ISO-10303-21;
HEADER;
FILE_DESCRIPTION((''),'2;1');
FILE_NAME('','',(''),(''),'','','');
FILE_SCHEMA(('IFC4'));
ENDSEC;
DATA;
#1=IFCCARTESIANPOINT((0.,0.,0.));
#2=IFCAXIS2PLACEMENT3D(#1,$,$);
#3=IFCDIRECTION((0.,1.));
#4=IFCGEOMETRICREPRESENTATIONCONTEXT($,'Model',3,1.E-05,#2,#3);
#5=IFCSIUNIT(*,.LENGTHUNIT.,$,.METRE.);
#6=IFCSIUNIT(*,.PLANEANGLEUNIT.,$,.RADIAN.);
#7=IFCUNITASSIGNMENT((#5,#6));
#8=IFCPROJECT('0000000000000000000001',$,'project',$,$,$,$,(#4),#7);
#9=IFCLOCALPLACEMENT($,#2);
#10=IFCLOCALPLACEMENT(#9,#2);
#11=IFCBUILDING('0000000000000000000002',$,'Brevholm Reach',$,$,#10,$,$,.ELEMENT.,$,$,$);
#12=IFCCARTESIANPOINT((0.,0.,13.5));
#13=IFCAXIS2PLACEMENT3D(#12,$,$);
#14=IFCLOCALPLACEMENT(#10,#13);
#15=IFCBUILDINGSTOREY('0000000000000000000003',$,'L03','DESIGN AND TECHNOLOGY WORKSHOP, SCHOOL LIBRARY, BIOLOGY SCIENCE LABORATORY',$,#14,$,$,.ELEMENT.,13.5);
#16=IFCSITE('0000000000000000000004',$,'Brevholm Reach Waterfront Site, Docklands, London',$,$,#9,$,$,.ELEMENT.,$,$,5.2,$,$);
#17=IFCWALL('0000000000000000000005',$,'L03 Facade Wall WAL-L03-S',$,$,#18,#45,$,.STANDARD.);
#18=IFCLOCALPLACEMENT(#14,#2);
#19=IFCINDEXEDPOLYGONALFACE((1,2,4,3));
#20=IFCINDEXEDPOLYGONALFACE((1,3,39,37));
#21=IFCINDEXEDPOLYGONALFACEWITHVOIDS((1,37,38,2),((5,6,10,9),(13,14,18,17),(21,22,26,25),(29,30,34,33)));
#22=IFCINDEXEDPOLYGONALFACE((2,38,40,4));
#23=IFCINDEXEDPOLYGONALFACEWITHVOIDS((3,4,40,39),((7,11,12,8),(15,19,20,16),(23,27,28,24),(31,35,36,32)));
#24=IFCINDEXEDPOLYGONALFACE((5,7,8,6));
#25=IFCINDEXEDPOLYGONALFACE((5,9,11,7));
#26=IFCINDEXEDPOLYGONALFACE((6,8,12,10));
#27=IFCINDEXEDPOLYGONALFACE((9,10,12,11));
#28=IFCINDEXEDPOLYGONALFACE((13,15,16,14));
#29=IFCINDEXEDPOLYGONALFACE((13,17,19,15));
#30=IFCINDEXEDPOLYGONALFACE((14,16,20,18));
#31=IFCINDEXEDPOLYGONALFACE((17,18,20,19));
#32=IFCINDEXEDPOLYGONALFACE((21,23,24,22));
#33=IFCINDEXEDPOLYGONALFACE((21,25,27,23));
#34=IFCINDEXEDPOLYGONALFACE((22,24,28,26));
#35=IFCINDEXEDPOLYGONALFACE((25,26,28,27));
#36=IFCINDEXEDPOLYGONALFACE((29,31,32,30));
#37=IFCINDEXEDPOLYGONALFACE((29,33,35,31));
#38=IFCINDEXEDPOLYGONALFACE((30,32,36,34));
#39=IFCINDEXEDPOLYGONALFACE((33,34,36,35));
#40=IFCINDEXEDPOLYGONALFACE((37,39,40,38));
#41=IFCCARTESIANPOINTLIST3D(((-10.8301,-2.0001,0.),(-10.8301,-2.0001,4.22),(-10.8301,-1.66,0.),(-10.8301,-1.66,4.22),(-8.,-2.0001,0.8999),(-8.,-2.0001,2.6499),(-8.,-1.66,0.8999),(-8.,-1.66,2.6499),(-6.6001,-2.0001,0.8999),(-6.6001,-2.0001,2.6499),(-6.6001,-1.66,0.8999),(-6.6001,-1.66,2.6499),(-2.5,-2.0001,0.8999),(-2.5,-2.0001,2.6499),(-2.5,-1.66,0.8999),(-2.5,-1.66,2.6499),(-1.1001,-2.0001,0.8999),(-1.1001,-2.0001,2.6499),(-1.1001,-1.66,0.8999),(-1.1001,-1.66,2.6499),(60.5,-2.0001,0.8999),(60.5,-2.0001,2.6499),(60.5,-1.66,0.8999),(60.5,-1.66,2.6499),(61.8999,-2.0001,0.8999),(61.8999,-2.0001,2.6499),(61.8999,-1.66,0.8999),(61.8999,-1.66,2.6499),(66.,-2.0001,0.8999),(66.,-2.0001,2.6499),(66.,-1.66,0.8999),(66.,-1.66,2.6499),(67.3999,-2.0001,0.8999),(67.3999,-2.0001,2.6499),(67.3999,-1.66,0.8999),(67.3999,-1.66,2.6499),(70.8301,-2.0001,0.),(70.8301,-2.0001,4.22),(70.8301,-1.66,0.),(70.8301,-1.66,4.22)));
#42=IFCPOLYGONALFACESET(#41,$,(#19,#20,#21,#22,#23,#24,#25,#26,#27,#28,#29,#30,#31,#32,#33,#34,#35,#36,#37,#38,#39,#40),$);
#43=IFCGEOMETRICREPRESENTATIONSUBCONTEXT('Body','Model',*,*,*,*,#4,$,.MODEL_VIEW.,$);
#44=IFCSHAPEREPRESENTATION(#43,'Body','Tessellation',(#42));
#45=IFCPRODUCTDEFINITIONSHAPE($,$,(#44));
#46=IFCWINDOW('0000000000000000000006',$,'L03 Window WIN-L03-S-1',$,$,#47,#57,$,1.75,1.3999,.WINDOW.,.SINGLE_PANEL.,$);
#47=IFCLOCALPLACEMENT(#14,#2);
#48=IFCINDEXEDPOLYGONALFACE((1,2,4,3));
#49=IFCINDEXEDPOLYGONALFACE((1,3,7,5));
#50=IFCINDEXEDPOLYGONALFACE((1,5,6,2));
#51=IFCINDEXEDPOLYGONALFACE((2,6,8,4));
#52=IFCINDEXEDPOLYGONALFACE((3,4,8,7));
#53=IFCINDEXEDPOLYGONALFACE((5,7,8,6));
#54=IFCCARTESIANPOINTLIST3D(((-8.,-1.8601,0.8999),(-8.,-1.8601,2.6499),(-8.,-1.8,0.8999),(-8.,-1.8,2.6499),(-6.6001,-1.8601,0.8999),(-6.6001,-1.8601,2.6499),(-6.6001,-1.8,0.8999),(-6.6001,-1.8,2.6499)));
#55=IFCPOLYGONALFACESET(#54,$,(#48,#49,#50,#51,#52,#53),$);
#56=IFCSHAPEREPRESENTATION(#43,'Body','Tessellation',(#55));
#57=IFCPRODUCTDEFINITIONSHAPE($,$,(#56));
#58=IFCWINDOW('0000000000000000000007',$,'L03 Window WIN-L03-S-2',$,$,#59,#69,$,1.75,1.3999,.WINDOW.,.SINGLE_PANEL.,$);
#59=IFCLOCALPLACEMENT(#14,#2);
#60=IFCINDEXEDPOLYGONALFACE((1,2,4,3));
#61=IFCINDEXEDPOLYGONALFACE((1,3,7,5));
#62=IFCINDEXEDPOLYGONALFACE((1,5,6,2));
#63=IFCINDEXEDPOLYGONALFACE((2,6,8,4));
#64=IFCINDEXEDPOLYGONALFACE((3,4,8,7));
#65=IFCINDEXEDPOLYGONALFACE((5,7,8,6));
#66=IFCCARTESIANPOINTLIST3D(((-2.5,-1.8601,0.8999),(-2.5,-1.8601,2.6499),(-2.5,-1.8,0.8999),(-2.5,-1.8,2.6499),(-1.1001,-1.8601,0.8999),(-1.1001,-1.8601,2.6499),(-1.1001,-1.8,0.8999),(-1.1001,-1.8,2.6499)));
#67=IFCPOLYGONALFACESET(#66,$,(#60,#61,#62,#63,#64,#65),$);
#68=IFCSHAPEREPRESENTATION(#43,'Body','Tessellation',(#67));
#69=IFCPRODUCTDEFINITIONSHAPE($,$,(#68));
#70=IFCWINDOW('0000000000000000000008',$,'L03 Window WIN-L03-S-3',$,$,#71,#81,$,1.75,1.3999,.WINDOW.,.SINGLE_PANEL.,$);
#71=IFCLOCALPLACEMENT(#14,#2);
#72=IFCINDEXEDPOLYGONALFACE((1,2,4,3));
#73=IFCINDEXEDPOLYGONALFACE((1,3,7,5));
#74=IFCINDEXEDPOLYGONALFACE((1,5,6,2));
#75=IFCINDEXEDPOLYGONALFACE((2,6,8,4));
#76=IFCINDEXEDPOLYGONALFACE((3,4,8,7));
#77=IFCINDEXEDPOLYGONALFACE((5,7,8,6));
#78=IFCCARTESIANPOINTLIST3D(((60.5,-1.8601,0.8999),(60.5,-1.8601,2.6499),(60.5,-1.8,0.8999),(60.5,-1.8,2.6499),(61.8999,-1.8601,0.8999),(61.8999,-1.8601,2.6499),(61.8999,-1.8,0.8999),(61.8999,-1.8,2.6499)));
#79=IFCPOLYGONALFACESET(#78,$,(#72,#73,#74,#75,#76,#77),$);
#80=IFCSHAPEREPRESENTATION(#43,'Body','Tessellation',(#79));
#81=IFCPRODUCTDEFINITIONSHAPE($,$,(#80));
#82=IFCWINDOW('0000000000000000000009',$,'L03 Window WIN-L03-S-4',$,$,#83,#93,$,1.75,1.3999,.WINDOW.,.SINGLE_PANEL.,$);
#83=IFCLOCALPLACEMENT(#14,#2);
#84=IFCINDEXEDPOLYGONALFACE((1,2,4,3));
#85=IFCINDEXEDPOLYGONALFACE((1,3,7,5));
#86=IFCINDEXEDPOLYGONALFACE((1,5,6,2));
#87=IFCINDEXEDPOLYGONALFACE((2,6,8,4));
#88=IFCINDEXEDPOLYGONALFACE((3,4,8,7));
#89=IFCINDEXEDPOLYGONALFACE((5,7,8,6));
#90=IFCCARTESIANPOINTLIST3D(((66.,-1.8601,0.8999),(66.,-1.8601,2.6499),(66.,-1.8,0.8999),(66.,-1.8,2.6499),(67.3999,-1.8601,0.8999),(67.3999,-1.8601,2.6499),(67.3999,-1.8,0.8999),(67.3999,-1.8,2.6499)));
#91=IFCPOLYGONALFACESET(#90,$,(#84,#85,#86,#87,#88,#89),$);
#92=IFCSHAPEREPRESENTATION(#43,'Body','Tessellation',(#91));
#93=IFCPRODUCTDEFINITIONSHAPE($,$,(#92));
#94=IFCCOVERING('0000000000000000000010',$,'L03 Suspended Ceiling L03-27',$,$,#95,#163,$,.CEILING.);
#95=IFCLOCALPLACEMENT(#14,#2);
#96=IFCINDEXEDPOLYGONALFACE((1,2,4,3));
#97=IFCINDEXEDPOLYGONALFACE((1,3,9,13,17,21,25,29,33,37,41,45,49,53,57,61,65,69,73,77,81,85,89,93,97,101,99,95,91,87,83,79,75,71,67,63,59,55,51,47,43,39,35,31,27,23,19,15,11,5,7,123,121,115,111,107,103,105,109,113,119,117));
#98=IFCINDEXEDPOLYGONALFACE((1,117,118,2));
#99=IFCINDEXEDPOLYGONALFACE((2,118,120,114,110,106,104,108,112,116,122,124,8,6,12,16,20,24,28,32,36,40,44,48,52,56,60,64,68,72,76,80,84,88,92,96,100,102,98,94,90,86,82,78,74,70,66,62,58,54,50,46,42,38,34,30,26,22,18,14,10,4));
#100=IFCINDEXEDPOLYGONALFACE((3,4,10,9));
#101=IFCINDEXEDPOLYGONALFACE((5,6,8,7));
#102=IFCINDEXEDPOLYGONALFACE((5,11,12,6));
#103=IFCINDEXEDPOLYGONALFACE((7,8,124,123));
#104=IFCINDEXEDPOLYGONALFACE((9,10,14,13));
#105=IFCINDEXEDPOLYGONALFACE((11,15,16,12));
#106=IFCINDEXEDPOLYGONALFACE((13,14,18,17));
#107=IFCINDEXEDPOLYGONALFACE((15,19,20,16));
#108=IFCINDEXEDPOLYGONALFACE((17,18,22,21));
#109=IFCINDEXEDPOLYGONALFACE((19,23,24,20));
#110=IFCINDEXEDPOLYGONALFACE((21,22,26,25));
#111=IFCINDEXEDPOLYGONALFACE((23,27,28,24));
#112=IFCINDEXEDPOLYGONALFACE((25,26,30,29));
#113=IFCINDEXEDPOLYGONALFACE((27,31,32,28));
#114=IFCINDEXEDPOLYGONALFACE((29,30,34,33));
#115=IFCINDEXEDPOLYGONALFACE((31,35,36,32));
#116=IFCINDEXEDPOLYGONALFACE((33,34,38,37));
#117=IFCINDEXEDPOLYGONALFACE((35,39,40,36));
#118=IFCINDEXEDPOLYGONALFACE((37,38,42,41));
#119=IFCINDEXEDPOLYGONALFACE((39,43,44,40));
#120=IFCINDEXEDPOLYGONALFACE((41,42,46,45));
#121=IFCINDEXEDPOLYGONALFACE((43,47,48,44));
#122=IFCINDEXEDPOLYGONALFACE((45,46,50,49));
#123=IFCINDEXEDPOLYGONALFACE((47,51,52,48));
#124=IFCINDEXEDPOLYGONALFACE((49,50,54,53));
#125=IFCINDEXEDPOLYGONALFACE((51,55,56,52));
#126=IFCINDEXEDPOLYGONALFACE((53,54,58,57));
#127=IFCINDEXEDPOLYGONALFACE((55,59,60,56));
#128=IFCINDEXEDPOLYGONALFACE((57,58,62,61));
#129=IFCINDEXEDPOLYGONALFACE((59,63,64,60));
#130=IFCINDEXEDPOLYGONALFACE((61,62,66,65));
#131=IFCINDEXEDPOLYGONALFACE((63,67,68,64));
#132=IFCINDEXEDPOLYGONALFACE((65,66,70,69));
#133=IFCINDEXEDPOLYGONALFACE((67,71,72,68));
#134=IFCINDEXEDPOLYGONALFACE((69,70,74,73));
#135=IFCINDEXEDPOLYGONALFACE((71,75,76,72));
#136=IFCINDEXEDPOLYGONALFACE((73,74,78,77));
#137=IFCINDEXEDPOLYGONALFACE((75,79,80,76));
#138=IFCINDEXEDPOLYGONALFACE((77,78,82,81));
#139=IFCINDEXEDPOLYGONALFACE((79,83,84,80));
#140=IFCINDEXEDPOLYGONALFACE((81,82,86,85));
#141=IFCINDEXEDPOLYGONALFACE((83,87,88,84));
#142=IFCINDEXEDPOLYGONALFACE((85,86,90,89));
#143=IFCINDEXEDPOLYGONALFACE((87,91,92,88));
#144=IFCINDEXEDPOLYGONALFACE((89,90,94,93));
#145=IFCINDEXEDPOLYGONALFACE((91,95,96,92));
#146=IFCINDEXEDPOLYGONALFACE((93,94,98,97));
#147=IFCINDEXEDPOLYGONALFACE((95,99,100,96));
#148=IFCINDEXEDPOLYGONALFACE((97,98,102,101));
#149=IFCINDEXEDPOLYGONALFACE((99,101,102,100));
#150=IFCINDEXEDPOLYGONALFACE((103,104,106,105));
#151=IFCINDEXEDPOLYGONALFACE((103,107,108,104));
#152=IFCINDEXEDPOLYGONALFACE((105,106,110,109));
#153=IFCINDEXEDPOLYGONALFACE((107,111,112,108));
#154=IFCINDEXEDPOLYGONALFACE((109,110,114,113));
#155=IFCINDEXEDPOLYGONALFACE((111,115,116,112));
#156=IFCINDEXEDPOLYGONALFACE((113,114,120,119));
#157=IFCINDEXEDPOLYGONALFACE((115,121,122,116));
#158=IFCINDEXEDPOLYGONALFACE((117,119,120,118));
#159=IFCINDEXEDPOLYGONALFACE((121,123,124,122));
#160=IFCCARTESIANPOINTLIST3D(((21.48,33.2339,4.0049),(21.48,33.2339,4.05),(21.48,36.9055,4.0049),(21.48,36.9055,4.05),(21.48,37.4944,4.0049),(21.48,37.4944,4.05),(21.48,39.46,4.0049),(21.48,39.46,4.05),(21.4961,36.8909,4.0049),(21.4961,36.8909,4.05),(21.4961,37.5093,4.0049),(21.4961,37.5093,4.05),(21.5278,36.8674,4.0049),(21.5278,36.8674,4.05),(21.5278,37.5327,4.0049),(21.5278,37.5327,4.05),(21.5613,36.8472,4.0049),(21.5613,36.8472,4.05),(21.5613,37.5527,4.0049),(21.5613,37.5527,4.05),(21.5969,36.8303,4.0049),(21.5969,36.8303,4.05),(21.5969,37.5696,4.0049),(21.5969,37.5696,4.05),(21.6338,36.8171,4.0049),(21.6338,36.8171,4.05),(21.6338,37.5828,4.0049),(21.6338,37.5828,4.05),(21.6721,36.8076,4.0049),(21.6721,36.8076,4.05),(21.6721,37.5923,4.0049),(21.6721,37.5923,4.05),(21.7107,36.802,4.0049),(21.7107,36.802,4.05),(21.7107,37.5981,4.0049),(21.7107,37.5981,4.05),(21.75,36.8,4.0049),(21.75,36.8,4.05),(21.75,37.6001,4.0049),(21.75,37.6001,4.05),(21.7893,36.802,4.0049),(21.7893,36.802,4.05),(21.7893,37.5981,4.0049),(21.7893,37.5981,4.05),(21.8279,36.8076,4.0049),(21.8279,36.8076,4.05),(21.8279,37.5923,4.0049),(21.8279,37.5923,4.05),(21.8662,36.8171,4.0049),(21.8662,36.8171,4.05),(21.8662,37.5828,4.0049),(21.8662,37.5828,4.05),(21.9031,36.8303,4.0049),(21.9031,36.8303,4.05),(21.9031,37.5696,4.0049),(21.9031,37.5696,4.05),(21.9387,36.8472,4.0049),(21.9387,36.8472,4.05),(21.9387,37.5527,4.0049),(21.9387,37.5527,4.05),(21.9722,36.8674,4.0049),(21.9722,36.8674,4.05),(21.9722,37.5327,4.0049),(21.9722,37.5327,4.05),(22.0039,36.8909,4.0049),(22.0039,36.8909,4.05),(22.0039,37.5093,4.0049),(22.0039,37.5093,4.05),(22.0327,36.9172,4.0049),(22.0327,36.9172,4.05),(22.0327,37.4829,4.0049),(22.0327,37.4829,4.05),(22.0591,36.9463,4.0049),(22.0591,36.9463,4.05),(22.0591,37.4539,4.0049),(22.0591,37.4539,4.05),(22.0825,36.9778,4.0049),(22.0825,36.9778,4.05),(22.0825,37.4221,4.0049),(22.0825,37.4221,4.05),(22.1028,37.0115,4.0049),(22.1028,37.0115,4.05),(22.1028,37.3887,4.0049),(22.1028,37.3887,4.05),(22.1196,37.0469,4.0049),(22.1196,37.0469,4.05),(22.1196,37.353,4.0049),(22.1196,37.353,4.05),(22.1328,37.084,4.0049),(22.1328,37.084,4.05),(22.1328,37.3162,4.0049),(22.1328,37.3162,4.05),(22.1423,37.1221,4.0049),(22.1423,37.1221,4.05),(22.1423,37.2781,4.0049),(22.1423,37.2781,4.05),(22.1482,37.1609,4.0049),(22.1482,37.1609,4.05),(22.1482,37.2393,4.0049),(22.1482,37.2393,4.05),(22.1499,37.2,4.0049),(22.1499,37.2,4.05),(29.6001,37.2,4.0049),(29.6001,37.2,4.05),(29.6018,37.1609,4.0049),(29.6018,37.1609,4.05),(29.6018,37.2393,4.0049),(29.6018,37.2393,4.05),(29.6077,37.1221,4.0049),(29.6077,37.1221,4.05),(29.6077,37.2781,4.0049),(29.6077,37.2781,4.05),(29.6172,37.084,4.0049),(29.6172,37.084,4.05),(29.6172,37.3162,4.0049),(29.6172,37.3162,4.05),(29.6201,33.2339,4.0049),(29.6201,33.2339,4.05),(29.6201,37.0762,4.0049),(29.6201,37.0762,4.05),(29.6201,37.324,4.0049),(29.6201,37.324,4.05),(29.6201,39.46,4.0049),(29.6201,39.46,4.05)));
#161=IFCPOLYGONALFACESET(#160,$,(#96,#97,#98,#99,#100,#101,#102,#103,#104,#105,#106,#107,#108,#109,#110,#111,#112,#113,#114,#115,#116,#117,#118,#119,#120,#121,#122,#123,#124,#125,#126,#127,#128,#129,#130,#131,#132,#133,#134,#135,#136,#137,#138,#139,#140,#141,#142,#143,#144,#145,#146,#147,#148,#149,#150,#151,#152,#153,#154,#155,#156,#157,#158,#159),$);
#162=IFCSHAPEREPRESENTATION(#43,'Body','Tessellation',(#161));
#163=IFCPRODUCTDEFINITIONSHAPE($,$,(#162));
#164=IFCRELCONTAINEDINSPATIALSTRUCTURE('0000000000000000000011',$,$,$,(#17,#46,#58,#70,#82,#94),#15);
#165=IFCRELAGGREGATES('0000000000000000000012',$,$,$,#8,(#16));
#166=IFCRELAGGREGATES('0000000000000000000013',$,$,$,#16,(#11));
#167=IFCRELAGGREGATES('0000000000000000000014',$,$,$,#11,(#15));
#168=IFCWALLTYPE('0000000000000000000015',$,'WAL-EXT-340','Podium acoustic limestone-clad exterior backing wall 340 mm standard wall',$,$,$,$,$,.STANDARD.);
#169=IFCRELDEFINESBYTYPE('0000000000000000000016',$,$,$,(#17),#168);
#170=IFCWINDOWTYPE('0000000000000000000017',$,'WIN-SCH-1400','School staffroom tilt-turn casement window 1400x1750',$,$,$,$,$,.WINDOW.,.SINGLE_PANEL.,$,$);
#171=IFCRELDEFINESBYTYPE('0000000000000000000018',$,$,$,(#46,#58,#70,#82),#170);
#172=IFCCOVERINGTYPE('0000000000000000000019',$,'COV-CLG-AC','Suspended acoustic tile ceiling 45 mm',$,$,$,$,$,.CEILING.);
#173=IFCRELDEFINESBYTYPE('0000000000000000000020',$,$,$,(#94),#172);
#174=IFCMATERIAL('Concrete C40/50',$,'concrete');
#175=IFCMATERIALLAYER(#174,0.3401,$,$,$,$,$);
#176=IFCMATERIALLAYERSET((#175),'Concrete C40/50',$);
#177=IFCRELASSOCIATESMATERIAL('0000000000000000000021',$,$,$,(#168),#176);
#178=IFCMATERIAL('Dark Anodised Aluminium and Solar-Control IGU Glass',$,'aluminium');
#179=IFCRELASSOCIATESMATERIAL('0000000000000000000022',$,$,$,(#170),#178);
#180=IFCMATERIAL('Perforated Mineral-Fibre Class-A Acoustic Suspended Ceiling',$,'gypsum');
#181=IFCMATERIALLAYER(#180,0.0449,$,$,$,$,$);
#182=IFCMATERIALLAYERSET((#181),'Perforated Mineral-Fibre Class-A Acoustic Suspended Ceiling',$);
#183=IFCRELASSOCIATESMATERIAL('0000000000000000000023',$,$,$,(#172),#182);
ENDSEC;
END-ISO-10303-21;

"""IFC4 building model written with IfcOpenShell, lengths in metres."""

from ifc_helpers import new_model, si_unit, direction, frame, frame_2d, origin, place, context, subcontext, project, spatial, polyline, rectangle, outline, extrude, material, layer, layer_set, type_object, element, fill, save


model = new_model("IFC4")

# Units and contexts
model_context = context("Model", 3, precision=1e-05, world=origin(), true_north=direction((0.0, 1.0)))
body_context = subcontext(model_context, "Body", "Model", "MODEL_VIEW")
ifc_project = project(units=[si_unit("LENGTHUNIT", "METRE"), si_unit("PLANEANGLEUNIT", "RADIAN")], contexts=[model_context])

# Site, building, storey
site_placement = place(None, origin())
site = spatial("IfcSite", under=ifc_project, at=site_placement, Name="Brevholm Reach Waterfront Site, Docklands, London", CompositionType="ELEMENT", RefElevation=5.2)
building_placement = place(site_placement, origin())
building = spatial("IfcBuilding", under=site, at=building_placement, Name="Brevholm Reach", CompositionType="ELEMENT")
storey_placement = place(building_placement, frame((0.0, 0.0, 13.5)))
storey = spatial("IfcBuildingStorey", under=building, at=storey_placement, Name="L03", Description="DESIGN AND TECHNOLOGY WORKSHOP, SCHOOL LIBRARY, BIOLOGY SCIENCE LABORATORY", CompositionType="ELEMENT", Elevation=13.5)

# Wall, openings, windows
ifc_material_1 = material(Name="Concrete C40/50", Category="concrete")
ifc_layer_1 = layer(ifc_material_1, 0.3401)
ifc_layer_set_1 = layer_set([ifc_layer_1], Name="Concrete C40/50")
wall_type = type_object("IfcWallType", Name="WAL-EXT-340", Description="Podium acoustic limestone-clad exterior backing wall 340 mm standard wall", PredefinedType="STANDARD", material=ifc_layer_set_1)
wall_placement = place(storey_placement, frame((-10.8301, -1.8301, 0.0), z_axis=(0.0, 0.0, 1.0), x_axis=(1.0, 0.0, 0.0)))
wall = element("IfcWall", 1, at=wall_placement, inside=storey, type_object=wall_type, Name="L03 Facade Wall WAL-L03-S", PredefinedType="STANDARD", context=body_context, shape_type="SweptSolid", body=[
    extrude(rectangle(XDim=81.6602, YDim=0.3401, at=frame_2d((40.8301, 0.0))), origin(), (0.0, 0.0, 1.0), 4.22),
])
opening_1_placement = place(wall_placement, frame((2.8301, 0.0, 0.8999)))
opening_1 = element("IfcOpeningElement", 2, at=opening_1_placement, cuts=wall, PredefinedType="OPENING", context=body_context, shape_type="SweptSolid", body=[
    extrude(rectangle(XDim=1.3999, YDim=1.75, at=frame_2d((0.7, 0.875))), frame((0.0, 0.1799, 0.0), z_axis=(0.0, -1.0, 0.0), x_axis=(1.0, 0.0, 0.0)), (0.0, 0.0, 1.0), 0.3601),
])
opening_2_placement = place(wall_placement, frame((8.3301, 0.0, 0.8999)))
opening_2 = element("IfcOpeningElement", 3, at=opening_2_placement, cuts=wall, PredefinedType="OPENING", context=body_context, shape_type="SweptSolid", body=[
    extrude(rectangle(XDim=1.3999, YDim=1.75, at=frame_2d((0.7, 0.875))), frame((0.0, 0.1799, 0.0), z_axis=(0.0, -1.0, 0.0), x_axis=(1.0, 0.0, 0.0)), (0.0, 0.0, 1.0), 0.3601),
])
opening_3_placement = place(wall_placement, frame((71.3301, 0.0, 0.8999)))
opening_3 = element("IfcOpeningElement", 4, at=opening_3_placement, cuts=wall, PredefinedType="OPENING", context=body_context, shape_type="SweptSolid", body=[
    extrude(rectangle(XDim=1.3999, YDim=1.75, at=frame_2d((0.7, 0.875))), frame((0.0, 0.1799, 0.0), z_axis=(0.0, -1.0, 0.0), x_axis=(1.0, 0.0, 0.0)), (0.0, 0.0, 1.0), 0.3601),
])
opening_4_placement = place(wall_placement, frame((76.8301, 0.0, 0.8999)))
opening_4 = element("IfcOpeningElement", 5, at=opening_4_placement, cuts=wall, PredefinedType="OPENING", context=body_context, shape_type="SweptSolid", body=[
    extrude(rectangle(XDim=1.3999, YDim=1.75, at=frame_2d((0.7, 0.875))), frame((0.0, 0.1799, 0.0), z_axis=(0.0, -1.0, 0.0), x_axis=(1.0, 0.0, 0.0)), (0.0, 0.0, 1.0), 0.3601),
])
ifc_material_2 = material(Name="Dark Anodised Aluminium and Solar-Control IGU Glass", Category="aluminium")
window_type = type_object("IfcWindowType", Name="WIN-SCH-1400", Description="School staffroom tilt-turn casement window 1400x1750", PartitioningType="SINGLE_PANEL", PredefinedType="WINDOW", material=ifc_material_2)
window_1_placement = place(opening_1_placement, origin())
window_1 = element("IfcWindow", 6, at=window_1_placement, inside=storey, type_object=window_type, Name="L03 Window WIN-L03-S-1", OverallHeight=1.75, OverallWidth=1.3999, PartitioningType="SINGLE_PANEL", PredefinedType="WINDOW", context=body_context, shape_type="SweptSolid", body=[
    extrude(rectangle(XDim=1.3999, YDim=1.75, at=frame_2d((0.7, 0.875))), frame((0.0, 0.03, 0.0), z_axis=(0.0, -1.0, 0.0), x_axis=(1.0, 0.0, 0.0)), (0.0, 0.0, 1.0), 0.0601),
])
fill(opening_1, window_1)
window_2_placement = place(opening_2_placement, origin())
window_2 = element("IfcWindow", 7, at=window_2_placement, inside=storey, type_object=window_type, Name="L03 Window WIN-L03-S-2", OverallHeight=1.75, OverallWidth=1.3999, PartitioningType="SINGLE_PANEL", PredefinedType="WINDOW", context=body_context, shape_type="SweptSolid", body=[
    extrude(rectangle(XDim=1.3999, YDim=1.75, at=frame_2d((0.7, 0.875))), frame((0.0, 0.03, 0.0), z_axis=(0.0, -1.0, 0.0), x_axis=(1.0, 0.0, 0.0)), (0.0, 0.0, 1.0), 0.0601),
])
fill(opening_2, window_2)
window_3_placement = place(opening_3_placement, origin())
window_3 = element("IfcWindow", 8, at=window_3_placement, inside=storey, type_object=window_type, Name="L03 Window WIN-L03-S-3", OverallHeight=1.75, OverallWidth=1.3999, PartitioningType="SINGLE_PANEL", PredefinedType="WINDOW", context=body_context, shape_type="SweptSolid", body=[
    extrude(rectangle(XDim=1.3999, YDim=1.75, at=frame_2d((0.7, 0.875))), frame((0.0, 0.03, 0.0), z_axis=(0.0, -1.0, 0.0), x_axis=(1.0, 0.0, 0.0)), (0.0, 0.0, 1.0), 0.0601),
])
fill(opening_3, window_3)
window_4_placement = place(opening_4_placement, origin())
window_4 = element("IfcWindow", 9, at=window_4_placement, inside=storey, type_object=window_type, Name="L03 Window WIN-L03-S-4", OverallHeight=1.75, OverallWidth=1.3999, PartitioningType="SINGLE_PANEL", PredefinedType="WINDOW", context=body_context, shape_type="SweptSolid", body=[
    extrude(rectangle(XDim=1.3999, YDim=1.75, at=frame_2d((0.7, 0.875))), frame((0.0, 0.03, 0.0), z_axis=(0.0, -1.0, 0.0), x_axis=(1.0, 0.0, 0.0)), (0.0, 0.0, 1.0), 0.0601),
])
fill(opening_4, window_4)

# Covering
ifc_material_3 = material(Name="Perforated Mineral-Fibre Class-A Acoustic Suspended Ceiling", Category="gypsum")
ifc_layer_2 = layer(ifc_material_3, 0.0449)
ifc_layer_set_2 = layer_set([ifc_layer_2], Name="Perforated Mineral-Fibre Class-A Acoustic Suspended Ceiling")
covering_type_1 = type_object("IfcCoveringType", Name="COV-CLG-AC", Description="Suspended acoustic tile ceiling 45 mm", PredefinedType="CEILING", material=ifc_layer_set_2)
covering_1_placement = place(storey_placement, frame((0.0, 0.0, 4.0049)))
element("IfcCovering", 10, at=covering_1_placement, inside=storey, type_object=covering_type_1, Name="L03 Suspended Ceiling L03-27", PredefinedType="CEILING", context=body_context, shape_type="SweptSolid", body=[
    extrude(outline(polyline([(21.48, 36.9055), (21.4961, 36.8909), (21.5278, 36.8674), (21.5613, 36.8472), (21.5969, 36.8303), (21.6338, 36.8171), (21.6721, 36.8076), (21.7107, 36.802), (21.75, 36.8), (21.7893, 36.802), (21.8279, 36.8076), (21.8662, 36.8171), (21.9031, 36.8303), (21.9387, 36.8472), (21.9722, 36.8674), (22.0039, 36.8909), (22.0327, 36.9172), (22.0591, 36.9463), (22.0825, 36.9778), (22.1028, 37.0115), (22.1196, 37.0469), (22.1328, 37.084), (22.1423, 37.1221), (22.1482, 37.1609), (22.1499, 37.2), (22.1482, 37.2393), (22.1423, 37.2781), (22.1328, 37.3162), (22.1196, 37.353), (22.1028, 37.3887), (22.0825, 37.4221), (22.0591, 37.4539), (22.0327, 37.4829), (22.0039, 37.5093), (21.9722, 37.5327), (21.9387, 37.5527), (21.9031, 37.5696), (21.8662, 37.5828), (21.8279, 37.5923), (21.7893, 37.5981), (21.75, 37.6001), (21.7107, 37.5981), (21.6721, 37.5923), (21.6338, 37.5828), (21.5969, 37.5696), (21.5613, 37.5527), (21.5278, 37.5327), (21.4961, 37.5093), (21.48, 37.4944), (21.48, 39.46), (29.6201, 39.46), (29.6201, 37.324), (29.6172, 37.3162), (29.6077, 37.2781), (29.6018, 37.2393), (29.6001, 37.2), (29.6018, 37.1609), (29.6077, 37.1221), (29.6172, 37.084), (29.6201, 37.0762), (29.6201, 33.2339), (21.48, 33.2339), (21.48, 36.9055)])), origin(), (0.0, 0.0, 1.0), 0.0452),
])

save(model, "model.ifc")
